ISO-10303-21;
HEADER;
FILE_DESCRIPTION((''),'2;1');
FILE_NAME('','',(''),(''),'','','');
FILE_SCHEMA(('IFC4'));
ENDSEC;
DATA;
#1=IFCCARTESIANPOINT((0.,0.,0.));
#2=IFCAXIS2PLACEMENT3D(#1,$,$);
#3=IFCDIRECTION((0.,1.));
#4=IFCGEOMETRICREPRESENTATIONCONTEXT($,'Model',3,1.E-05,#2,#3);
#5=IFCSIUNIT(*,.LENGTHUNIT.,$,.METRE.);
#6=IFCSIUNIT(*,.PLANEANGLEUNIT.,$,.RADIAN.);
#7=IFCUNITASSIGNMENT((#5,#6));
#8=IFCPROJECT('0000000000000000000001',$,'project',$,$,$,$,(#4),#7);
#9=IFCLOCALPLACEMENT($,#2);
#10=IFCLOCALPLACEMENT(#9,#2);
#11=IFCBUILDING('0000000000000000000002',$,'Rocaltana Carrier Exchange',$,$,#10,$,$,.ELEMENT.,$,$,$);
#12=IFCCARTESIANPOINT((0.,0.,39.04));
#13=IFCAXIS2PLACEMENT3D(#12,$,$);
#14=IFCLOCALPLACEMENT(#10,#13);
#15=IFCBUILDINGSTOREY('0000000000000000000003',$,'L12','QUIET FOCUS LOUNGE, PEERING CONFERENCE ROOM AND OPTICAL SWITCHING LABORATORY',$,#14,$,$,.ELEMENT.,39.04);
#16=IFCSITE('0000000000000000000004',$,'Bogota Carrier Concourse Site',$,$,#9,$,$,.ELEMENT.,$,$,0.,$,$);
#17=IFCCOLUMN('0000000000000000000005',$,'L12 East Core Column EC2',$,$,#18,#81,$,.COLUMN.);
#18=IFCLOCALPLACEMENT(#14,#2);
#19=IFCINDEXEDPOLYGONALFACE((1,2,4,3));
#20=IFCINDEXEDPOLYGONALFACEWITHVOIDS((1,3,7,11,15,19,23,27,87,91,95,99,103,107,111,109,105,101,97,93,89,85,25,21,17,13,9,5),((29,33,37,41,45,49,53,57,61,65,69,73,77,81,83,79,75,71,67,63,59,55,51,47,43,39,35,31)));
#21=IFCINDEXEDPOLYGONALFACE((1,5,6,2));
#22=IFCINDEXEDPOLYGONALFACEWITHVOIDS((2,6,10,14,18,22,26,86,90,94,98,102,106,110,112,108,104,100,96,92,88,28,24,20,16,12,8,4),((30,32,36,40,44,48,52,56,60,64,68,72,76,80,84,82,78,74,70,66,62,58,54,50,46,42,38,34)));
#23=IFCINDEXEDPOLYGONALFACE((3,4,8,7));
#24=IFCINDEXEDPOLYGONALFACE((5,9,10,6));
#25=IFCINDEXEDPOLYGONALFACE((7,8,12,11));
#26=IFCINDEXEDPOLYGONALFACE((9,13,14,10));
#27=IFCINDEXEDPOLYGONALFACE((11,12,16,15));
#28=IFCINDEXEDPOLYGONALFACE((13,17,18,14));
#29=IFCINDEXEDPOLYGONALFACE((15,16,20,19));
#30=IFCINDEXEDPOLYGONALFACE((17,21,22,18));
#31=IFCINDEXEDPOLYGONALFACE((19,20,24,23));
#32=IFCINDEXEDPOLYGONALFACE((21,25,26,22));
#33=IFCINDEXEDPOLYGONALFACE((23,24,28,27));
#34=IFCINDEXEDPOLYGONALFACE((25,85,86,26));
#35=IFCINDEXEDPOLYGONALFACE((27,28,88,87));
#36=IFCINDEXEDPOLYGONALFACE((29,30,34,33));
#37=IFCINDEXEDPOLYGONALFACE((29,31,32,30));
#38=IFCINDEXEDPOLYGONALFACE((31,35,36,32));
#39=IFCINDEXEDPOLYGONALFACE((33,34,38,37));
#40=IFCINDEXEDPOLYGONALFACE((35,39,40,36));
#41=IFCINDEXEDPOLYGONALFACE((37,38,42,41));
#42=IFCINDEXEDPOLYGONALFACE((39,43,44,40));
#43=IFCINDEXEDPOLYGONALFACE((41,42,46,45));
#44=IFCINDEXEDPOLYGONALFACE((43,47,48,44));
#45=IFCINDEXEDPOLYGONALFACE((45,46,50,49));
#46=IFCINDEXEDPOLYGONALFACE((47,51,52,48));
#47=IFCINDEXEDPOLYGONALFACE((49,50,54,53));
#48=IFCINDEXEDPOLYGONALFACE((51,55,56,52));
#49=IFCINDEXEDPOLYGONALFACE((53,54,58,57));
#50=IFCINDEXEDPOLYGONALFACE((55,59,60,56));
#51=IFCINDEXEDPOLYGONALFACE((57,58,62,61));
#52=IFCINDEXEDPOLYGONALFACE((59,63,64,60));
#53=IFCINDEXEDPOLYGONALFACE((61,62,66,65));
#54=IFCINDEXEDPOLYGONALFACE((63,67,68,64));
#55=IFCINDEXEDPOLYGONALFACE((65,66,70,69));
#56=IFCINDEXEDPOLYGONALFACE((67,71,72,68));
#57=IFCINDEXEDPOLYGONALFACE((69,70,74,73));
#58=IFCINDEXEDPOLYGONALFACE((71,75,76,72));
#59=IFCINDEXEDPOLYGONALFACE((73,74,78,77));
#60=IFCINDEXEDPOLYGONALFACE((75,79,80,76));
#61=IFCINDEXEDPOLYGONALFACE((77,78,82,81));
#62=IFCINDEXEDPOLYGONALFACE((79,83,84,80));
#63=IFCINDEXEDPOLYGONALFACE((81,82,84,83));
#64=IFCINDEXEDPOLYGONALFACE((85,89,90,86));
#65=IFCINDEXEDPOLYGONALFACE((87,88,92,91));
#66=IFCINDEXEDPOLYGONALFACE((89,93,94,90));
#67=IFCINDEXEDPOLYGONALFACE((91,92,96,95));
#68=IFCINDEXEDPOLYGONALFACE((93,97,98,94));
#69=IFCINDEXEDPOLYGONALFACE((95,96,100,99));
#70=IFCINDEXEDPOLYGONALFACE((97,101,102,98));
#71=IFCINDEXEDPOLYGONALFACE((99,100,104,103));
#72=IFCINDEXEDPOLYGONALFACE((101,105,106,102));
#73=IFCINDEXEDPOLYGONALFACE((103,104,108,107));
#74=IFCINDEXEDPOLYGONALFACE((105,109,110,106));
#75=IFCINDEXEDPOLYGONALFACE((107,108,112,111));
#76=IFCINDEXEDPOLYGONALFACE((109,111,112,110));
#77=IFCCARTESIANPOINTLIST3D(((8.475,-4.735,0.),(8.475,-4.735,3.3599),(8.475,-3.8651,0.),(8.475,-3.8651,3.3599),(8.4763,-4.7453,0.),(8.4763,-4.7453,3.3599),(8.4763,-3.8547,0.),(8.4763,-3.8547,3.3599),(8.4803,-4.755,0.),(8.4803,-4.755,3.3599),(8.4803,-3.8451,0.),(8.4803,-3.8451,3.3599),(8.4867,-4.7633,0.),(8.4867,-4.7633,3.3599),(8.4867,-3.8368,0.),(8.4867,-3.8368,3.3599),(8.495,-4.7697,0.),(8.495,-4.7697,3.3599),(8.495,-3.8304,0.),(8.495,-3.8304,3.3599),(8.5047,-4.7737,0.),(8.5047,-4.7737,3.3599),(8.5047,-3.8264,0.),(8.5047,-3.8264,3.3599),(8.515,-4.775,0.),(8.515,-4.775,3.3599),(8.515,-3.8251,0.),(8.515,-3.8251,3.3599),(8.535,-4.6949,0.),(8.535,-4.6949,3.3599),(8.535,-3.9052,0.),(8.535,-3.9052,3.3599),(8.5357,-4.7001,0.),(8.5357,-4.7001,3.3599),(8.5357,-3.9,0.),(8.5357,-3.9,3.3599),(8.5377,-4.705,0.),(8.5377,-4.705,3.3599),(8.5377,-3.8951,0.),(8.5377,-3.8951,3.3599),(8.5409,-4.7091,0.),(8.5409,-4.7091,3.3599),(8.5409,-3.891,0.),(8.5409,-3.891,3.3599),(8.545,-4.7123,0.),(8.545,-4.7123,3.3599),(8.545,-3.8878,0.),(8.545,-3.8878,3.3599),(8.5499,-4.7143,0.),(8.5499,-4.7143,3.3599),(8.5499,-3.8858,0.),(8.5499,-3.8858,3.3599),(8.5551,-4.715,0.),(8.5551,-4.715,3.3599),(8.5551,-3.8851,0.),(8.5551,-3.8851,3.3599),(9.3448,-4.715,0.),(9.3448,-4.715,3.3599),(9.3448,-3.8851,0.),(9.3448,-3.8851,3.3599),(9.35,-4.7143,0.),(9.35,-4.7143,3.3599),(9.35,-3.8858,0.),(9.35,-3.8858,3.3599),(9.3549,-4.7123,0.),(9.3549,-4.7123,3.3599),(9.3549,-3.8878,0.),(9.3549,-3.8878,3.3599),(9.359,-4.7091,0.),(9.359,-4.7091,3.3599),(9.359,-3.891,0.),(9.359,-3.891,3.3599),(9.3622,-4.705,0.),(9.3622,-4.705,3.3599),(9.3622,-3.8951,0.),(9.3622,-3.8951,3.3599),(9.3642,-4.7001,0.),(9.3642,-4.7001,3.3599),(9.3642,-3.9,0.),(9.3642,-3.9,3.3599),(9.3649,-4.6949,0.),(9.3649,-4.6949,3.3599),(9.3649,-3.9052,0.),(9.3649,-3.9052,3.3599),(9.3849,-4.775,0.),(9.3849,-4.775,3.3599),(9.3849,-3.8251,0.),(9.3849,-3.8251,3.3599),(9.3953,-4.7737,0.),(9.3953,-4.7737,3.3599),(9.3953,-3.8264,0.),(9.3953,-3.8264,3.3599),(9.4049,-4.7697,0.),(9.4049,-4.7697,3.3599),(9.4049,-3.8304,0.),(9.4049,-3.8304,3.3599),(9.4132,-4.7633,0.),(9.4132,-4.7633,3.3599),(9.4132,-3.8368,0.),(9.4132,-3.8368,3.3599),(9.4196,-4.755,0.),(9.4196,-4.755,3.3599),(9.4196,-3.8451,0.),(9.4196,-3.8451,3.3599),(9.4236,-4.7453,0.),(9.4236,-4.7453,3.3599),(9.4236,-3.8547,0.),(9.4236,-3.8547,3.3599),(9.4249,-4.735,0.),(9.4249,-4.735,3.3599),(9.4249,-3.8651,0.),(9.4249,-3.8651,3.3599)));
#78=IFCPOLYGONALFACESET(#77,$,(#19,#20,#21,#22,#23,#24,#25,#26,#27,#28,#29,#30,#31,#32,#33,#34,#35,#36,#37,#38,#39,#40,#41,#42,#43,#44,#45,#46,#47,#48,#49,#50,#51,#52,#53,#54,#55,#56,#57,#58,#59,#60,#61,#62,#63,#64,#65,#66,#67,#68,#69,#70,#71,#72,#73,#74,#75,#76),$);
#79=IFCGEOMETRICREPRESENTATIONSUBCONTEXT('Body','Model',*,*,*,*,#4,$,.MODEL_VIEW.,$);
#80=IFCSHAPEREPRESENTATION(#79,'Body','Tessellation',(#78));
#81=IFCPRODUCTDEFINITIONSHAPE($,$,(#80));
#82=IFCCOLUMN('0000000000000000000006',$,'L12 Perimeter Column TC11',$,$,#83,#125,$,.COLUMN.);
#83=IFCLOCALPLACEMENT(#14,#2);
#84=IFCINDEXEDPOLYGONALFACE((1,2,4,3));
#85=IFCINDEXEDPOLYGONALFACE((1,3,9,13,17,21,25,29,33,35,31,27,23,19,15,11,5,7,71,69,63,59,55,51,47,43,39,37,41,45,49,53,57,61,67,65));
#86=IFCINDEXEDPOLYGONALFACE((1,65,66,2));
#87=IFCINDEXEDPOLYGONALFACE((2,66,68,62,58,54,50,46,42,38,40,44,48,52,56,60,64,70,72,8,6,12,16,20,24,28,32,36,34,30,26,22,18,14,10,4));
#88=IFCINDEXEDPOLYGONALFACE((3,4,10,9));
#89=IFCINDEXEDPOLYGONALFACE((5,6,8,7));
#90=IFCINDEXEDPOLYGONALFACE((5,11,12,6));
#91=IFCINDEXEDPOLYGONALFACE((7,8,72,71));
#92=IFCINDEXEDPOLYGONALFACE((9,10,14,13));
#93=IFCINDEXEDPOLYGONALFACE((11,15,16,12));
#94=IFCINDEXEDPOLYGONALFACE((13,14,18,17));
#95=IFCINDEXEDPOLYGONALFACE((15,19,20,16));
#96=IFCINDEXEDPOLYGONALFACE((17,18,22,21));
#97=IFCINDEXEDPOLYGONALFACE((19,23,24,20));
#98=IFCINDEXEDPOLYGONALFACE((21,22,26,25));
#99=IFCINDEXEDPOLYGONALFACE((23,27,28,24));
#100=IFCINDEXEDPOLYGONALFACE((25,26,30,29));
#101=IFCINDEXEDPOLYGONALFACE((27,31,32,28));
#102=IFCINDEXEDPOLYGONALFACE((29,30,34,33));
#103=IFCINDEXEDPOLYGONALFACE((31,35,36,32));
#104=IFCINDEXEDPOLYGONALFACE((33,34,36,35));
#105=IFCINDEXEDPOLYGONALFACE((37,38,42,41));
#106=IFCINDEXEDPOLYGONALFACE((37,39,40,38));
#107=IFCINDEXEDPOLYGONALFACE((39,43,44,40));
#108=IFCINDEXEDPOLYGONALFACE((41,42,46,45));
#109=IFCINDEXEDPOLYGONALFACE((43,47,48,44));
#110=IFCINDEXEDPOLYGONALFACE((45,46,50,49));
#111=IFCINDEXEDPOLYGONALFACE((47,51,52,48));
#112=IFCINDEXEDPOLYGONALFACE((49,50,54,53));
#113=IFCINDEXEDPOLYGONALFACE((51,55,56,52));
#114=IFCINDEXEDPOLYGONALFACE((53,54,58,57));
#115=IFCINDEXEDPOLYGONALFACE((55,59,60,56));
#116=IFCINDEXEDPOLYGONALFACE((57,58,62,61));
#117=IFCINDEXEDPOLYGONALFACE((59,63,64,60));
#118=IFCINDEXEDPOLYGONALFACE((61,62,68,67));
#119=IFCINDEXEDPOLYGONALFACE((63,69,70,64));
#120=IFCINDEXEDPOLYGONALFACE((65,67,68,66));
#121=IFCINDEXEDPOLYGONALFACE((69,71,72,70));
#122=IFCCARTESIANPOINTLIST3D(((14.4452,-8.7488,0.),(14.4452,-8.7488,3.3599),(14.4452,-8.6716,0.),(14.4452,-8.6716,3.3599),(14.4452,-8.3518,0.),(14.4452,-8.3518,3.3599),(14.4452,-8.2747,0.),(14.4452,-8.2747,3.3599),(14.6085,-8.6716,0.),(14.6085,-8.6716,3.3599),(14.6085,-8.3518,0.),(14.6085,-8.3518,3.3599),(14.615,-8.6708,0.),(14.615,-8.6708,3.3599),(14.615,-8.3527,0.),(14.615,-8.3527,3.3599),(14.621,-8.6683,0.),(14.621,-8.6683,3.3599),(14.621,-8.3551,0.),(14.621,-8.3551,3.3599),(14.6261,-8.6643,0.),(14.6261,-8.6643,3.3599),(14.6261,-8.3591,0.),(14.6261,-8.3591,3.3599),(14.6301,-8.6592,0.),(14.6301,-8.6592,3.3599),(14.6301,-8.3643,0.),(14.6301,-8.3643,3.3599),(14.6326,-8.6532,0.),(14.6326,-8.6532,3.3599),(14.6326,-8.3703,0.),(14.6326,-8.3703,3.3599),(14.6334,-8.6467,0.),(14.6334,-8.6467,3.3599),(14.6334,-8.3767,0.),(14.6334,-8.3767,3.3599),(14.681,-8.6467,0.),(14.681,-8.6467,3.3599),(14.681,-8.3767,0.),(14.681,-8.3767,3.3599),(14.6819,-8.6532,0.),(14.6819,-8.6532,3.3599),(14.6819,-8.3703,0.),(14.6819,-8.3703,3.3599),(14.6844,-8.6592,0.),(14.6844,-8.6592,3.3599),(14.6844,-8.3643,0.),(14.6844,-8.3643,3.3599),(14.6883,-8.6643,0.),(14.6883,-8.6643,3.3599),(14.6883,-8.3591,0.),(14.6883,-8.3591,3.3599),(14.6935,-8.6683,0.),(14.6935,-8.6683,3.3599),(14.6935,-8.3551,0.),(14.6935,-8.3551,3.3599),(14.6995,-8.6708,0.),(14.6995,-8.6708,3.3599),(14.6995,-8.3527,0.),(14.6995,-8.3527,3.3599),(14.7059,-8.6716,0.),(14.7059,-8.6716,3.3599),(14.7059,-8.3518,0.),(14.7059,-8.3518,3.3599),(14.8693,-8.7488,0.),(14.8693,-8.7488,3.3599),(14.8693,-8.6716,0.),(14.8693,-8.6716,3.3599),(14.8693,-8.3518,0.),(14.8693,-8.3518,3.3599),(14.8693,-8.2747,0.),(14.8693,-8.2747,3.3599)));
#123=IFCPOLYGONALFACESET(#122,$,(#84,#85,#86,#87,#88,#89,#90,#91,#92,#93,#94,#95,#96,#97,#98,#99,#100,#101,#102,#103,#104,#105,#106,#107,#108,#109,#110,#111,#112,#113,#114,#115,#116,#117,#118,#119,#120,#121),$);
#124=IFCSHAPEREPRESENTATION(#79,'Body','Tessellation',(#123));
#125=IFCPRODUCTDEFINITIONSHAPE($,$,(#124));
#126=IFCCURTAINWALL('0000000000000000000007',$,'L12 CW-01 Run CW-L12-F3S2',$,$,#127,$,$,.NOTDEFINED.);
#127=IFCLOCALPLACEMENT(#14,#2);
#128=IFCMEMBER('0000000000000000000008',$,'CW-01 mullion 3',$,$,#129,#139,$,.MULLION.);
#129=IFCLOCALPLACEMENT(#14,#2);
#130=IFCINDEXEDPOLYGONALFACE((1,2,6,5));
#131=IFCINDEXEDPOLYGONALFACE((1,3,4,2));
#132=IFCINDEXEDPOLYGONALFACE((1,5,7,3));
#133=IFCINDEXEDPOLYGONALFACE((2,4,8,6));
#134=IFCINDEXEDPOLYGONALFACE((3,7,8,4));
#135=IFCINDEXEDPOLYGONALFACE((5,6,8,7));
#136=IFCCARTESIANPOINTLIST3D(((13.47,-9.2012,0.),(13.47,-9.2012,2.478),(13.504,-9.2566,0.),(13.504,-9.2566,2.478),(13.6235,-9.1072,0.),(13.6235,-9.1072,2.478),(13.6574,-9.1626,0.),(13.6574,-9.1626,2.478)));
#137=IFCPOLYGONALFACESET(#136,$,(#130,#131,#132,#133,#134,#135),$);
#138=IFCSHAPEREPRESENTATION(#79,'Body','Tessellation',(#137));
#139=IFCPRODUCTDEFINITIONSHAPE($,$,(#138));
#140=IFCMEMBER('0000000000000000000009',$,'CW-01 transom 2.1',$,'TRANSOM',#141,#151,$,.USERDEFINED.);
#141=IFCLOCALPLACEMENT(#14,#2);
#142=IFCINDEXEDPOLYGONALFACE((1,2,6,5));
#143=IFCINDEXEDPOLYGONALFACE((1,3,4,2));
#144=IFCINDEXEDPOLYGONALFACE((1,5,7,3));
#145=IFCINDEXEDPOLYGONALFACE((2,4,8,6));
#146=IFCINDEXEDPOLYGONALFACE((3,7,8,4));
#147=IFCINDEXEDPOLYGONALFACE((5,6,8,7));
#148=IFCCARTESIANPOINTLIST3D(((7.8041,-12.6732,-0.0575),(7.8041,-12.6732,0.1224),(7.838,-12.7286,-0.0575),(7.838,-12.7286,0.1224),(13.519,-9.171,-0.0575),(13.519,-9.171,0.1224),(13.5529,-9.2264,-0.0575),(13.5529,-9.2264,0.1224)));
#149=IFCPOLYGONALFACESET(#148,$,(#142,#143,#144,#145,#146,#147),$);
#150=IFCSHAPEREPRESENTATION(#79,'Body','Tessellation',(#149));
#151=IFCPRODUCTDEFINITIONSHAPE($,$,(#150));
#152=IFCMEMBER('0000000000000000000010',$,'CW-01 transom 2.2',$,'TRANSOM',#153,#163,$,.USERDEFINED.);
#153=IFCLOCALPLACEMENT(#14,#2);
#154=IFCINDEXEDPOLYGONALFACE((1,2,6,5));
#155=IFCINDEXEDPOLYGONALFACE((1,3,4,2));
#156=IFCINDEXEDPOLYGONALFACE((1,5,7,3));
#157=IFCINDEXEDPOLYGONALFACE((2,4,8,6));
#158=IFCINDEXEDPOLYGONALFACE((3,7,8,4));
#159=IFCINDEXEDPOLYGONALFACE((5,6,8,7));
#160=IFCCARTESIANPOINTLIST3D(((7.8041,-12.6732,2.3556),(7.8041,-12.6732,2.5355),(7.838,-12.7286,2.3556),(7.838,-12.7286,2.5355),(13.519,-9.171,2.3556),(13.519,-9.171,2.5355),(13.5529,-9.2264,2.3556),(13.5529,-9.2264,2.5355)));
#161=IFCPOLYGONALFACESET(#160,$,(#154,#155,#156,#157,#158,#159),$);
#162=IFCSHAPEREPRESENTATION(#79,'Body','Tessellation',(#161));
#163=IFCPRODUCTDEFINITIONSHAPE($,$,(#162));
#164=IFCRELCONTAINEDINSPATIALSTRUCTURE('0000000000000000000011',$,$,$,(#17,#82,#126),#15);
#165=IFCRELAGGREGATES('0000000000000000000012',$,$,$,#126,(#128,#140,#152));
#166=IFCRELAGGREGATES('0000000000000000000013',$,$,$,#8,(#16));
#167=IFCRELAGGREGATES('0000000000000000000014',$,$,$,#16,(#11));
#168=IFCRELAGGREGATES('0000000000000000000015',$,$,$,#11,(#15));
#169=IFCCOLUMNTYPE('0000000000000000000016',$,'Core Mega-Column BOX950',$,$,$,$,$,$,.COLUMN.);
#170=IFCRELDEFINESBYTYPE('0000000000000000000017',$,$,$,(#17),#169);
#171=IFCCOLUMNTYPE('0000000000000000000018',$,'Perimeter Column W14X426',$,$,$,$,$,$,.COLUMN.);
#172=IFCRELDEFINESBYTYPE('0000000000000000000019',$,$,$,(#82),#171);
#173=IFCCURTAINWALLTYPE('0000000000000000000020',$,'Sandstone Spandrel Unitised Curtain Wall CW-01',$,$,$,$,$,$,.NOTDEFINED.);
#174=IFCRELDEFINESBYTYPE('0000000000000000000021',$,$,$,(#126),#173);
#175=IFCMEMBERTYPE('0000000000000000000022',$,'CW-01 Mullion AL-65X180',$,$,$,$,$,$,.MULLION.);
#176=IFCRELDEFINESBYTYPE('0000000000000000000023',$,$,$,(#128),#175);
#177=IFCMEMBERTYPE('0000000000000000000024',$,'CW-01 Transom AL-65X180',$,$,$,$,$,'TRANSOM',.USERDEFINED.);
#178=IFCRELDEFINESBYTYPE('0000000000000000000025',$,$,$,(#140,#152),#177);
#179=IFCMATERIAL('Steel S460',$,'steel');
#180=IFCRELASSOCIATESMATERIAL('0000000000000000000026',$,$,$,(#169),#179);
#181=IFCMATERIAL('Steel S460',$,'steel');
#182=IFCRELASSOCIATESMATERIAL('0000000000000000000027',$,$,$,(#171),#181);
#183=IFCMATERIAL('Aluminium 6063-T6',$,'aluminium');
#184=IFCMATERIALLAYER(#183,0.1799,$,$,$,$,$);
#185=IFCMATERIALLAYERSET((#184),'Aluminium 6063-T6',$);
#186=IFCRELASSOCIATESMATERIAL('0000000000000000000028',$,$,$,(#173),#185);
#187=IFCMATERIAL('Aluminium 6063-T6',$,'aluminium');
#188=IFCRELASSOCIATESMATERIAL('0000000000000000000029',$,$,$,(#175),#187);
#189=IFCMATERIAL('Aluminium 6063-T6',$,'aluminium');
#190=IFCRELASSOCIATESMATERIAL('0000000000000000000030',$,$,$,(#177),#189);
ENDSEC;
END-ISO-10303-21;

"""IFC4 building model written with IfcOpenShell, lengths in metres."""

from ifc_helpers import new_model, si_unit, direction, frame, origin, origin_2d, place, context, subcontext, project, spatial, rectangle, hollow_rectangle, i_section, extrude, material, layer, layer_set, material_profile, profile_set, type_object, element, aggregate, save


model = new_model("IFC4")

# Units and contexts
model_context = context("Model", 3, precision=1e-05, world=origin(), true_north=direction((0.0, 1.0)))
body_context = subcontext(model_context, "Body", "Model", "MODEL_VIEW")
ifc_project = project(units=[si_unit("LENGTHUNIT", "METRE"), si_unit("PLANEANGLEUNIT", "RADIAN")], contexts=[model_context])

# Site, building, storey
site_placement = place(None, origin())
site = spatial("IfcSite", under=ifc_project, at=site_placement, Name="Bogota Carrier Concourse Site", CompositionType="ELEMENT", RefElevation=0.0)
building_placement = place(site_placement, origin())
building = spatial("IfcBuilding", under=site, at=building_placement, Name="Rocaltana Carrier Exchange", CompositionType="ELEMENT")
storey_placement = place(building_placement, frame((0.0, 0.0, 39.04)))
storey = spatial("IfcBuildingStorey", under=building, at=storey_placement, Name="L12", Description="QUIET FOCUS LOUNGE, PEERING CONFERENCE ROOM AND OPTICAL SWITCHING LABORATORY", CompositionType="ELEMENT", Elevation=39.04)

# Columns
ifc_material_1 = material(Name="Steel S460", Category="steel")
ifc_material_profile_1 = material_profile(ifc_material_1, hollow_rectangle(XDim=0.95, YDim=0.95, WallThickness=0.0601, InnerFilletRadius=0.02, OuterFilletRadius=0.04, at=origin_2d()), Name="BOX950X950X60")
ifc_profile_set_1 = profile_set([ifc_material_profile_1], Name="Steel S460")
column_type_1 = type_object("IfcColumnType", Name="Core Mega-Column BOX950", PredefinedType="COLUMN", material=ifc_profile_set_1)
column_1_placement = place(storey_placement, frame((8.95, -4.3, 0.0), z_axis=(0.0, 0.0, 1.0), x_axis=(1.0, 0.0, 0.0)))
element("IfcColumn", 1, at=column_1_placement, inside=storey, type_object=column_type_1, Name="L12 East Core Column EC2", PredefinedType="COLUMN", context=body_context, shape_type="SweptSolid", body=[
    extrude(hollow_rectangle(XDim=0.95, YDim=0.95, WallThickness=0.0601, InnerFilletRadius=0.02, OuterFilletRadius=0.04, at=origin_2d()), origin(), (0.0, 0.0, 1.0), 3.3599),
])
ifc_material_2 = material(Name="Steel S460", Category="steel")
ifc_material_profile_2 = material_profile(ifc_material_2, i_section(OverallWidth=0.4241, OverallDepth=0.4741, WebThickness=0.0476, FlangeThickness=0.0771, FilletRadius=0.0249, at=origin_2d()), Name="W14X426")
ifc_profile_set_2 = profile_set([ifc_material_profile_2], Name="Steel S460")
column_type_2 = type_object("IfcColumnType", Name="Perimeter Column W14X426", PredefinedType="COLUMN", material=ifc_profile_set_2)
column_2_placement = place(storey_placement, frame((14.6572, -8.5117, 0.0), z_axis=(0.0, 0.0, 1.0), x_axis=(1.0, 0.0, 0.0)))
element("IfcColumn", 2, at=column_2_placement, inside=storey, type_object=column_type_2, Name="L12 Perimeter Column TC11", PredefinedType="COLUMN", context=body_context, shape_type="SweptSolid", body=[
    extrude(i_section(OverallWidth=0.4241, OverallDepth=0.4741, WebThickness=0.0476, FlangeThickness=0.0771, FilletRadius=0.0249, at=origin_2d()), origin(), (0.0, 0.0, 1.0), 3.3599),
])

# Curtain wall, members
ifc_material_3 = material(Name="Aluminium 6063-T6", Category="aluminium")
ifc_layer_1 = layer(ifc_material_3, 0.1799)
ifc_layer_set_1 = layer_set([ifc_layer_1], Name="Aluminium 6063-T6")
curtain_wall_type = type_object("IfcCurtainWallType", Name="Sandstone Spandrel Unitised Curtain Wall CW-01", PredefinedType="NOTDEFINED", material=ifc_layer_set_1)
curtain_wall_placement = place(storey_placement, origin())
curtain_wall = element("IfcCurtainWall", 3, at=curtain_wall_placement, inside=storey, type_object=curtain_wall_type, Name="L12 CW-01 Run CW-L12-F3S2", PredefinedType="NOTDEFINED")
ifc_material_4 = material(Name="Aluminium 6063-T6", Category="aluminium")
ifc_material_profile_3 = material_profile(ifc_material_4, rectangle(XDim=0.0649, YDim=0.1799, at=origin_2d()), Name="AL-65X180")
ifc_profile_set_3 = profile_set([ifc_material_profile_3], Name="Aluminium 6063-T6")
member_type_1 = type_object("IfcMemberType", Name="CW-01 Mullion AL-65X180", PredefinedType="MULLION", material=ifc_profile_set_3)
member_1_placement = place(storey_placement, frame((13.5637, -9.1819, 0.0), z_axis=(0.0, 0.0, 1.0), x_axis=(-0.5225, 0.852639, 0.0)))
member_1 = element("IfcMember", 4, at=member_1_placement, type_object=member_type_1, Name="CW-01 mullion 3", PredefinedType="MULLION", context=body_context, shape_type="SweptSolid", body=[
    extrude(rectangle(XDim=0.0649, YDim=0.1799, at=origin_2d()), origin(), (0.0, 0.0, 1.0), 2.478),
])
ifc_material_5 = material(Name="Aluminium 6063-T6", Category="aluminium")
ifc_material_profile_4 = material_profile(ifc_material_5, rectangle(XDim=0.0649, YDim=0.1799, at=origin_2d()), Name="AL-65X180")
ifc_profile_set_4 = profile_set([ifc_material_profile_4], Name="Aluminium 6063-T6")
member_type_2 = type_object("IfcMemberType", Name="CW-01 Transom AL-65X180", ElementType="TRANSOM", PredefinedType="USERDEFINED", material=ifc_profile_set_4)
member_2_placement = place(storey_placement, frame((7.821, -12.7009, 0.0325), z_axis=(0.852631, 0.522513, 0.0), x_axis=(-0.522513, 0.852631, 0.0)))
member_2 = element("IfcMember", 5, at=member_2_placement, type_object=member_type_2, Name="CW-01 transom 2.1", ObjectType="TRANSOM", PredefinedType="USERDEFINED", context=body_context, shape_type="SweptSolid", body=[
    extrude(rectangle(XDim=0.0649, YDim=0.1799, at=origin_2d()), origin(), (0.0, 0.0, 1.0), 6.7026),
])
member_3_placement = place(storey_placement, frame((7.821, -12.7009, 2.4456), z_axis=(0.852631, 0.522513, 0.0), x_axis=(-0.522513, 0.852631, 0.0)))
member_3 = element("IfcMember", 6, at=member_3_placement, type_object=member_type_2, Name="CW-01 transom 2.2", ObjectType="TRANSOM", PredefinedType="USERDEFINED", context=body_context, shape_type="SweptSolid", body=[
    extrude(rectangle(XDim=0.0649, YDim=0.1799, at=origin_2d()), origin(), (0.0, 0.0, 1.0), 6.7026),
])

aggregate(curtain_wall, [member_1, member_2, member_3])

save(model, "model.ifc")
